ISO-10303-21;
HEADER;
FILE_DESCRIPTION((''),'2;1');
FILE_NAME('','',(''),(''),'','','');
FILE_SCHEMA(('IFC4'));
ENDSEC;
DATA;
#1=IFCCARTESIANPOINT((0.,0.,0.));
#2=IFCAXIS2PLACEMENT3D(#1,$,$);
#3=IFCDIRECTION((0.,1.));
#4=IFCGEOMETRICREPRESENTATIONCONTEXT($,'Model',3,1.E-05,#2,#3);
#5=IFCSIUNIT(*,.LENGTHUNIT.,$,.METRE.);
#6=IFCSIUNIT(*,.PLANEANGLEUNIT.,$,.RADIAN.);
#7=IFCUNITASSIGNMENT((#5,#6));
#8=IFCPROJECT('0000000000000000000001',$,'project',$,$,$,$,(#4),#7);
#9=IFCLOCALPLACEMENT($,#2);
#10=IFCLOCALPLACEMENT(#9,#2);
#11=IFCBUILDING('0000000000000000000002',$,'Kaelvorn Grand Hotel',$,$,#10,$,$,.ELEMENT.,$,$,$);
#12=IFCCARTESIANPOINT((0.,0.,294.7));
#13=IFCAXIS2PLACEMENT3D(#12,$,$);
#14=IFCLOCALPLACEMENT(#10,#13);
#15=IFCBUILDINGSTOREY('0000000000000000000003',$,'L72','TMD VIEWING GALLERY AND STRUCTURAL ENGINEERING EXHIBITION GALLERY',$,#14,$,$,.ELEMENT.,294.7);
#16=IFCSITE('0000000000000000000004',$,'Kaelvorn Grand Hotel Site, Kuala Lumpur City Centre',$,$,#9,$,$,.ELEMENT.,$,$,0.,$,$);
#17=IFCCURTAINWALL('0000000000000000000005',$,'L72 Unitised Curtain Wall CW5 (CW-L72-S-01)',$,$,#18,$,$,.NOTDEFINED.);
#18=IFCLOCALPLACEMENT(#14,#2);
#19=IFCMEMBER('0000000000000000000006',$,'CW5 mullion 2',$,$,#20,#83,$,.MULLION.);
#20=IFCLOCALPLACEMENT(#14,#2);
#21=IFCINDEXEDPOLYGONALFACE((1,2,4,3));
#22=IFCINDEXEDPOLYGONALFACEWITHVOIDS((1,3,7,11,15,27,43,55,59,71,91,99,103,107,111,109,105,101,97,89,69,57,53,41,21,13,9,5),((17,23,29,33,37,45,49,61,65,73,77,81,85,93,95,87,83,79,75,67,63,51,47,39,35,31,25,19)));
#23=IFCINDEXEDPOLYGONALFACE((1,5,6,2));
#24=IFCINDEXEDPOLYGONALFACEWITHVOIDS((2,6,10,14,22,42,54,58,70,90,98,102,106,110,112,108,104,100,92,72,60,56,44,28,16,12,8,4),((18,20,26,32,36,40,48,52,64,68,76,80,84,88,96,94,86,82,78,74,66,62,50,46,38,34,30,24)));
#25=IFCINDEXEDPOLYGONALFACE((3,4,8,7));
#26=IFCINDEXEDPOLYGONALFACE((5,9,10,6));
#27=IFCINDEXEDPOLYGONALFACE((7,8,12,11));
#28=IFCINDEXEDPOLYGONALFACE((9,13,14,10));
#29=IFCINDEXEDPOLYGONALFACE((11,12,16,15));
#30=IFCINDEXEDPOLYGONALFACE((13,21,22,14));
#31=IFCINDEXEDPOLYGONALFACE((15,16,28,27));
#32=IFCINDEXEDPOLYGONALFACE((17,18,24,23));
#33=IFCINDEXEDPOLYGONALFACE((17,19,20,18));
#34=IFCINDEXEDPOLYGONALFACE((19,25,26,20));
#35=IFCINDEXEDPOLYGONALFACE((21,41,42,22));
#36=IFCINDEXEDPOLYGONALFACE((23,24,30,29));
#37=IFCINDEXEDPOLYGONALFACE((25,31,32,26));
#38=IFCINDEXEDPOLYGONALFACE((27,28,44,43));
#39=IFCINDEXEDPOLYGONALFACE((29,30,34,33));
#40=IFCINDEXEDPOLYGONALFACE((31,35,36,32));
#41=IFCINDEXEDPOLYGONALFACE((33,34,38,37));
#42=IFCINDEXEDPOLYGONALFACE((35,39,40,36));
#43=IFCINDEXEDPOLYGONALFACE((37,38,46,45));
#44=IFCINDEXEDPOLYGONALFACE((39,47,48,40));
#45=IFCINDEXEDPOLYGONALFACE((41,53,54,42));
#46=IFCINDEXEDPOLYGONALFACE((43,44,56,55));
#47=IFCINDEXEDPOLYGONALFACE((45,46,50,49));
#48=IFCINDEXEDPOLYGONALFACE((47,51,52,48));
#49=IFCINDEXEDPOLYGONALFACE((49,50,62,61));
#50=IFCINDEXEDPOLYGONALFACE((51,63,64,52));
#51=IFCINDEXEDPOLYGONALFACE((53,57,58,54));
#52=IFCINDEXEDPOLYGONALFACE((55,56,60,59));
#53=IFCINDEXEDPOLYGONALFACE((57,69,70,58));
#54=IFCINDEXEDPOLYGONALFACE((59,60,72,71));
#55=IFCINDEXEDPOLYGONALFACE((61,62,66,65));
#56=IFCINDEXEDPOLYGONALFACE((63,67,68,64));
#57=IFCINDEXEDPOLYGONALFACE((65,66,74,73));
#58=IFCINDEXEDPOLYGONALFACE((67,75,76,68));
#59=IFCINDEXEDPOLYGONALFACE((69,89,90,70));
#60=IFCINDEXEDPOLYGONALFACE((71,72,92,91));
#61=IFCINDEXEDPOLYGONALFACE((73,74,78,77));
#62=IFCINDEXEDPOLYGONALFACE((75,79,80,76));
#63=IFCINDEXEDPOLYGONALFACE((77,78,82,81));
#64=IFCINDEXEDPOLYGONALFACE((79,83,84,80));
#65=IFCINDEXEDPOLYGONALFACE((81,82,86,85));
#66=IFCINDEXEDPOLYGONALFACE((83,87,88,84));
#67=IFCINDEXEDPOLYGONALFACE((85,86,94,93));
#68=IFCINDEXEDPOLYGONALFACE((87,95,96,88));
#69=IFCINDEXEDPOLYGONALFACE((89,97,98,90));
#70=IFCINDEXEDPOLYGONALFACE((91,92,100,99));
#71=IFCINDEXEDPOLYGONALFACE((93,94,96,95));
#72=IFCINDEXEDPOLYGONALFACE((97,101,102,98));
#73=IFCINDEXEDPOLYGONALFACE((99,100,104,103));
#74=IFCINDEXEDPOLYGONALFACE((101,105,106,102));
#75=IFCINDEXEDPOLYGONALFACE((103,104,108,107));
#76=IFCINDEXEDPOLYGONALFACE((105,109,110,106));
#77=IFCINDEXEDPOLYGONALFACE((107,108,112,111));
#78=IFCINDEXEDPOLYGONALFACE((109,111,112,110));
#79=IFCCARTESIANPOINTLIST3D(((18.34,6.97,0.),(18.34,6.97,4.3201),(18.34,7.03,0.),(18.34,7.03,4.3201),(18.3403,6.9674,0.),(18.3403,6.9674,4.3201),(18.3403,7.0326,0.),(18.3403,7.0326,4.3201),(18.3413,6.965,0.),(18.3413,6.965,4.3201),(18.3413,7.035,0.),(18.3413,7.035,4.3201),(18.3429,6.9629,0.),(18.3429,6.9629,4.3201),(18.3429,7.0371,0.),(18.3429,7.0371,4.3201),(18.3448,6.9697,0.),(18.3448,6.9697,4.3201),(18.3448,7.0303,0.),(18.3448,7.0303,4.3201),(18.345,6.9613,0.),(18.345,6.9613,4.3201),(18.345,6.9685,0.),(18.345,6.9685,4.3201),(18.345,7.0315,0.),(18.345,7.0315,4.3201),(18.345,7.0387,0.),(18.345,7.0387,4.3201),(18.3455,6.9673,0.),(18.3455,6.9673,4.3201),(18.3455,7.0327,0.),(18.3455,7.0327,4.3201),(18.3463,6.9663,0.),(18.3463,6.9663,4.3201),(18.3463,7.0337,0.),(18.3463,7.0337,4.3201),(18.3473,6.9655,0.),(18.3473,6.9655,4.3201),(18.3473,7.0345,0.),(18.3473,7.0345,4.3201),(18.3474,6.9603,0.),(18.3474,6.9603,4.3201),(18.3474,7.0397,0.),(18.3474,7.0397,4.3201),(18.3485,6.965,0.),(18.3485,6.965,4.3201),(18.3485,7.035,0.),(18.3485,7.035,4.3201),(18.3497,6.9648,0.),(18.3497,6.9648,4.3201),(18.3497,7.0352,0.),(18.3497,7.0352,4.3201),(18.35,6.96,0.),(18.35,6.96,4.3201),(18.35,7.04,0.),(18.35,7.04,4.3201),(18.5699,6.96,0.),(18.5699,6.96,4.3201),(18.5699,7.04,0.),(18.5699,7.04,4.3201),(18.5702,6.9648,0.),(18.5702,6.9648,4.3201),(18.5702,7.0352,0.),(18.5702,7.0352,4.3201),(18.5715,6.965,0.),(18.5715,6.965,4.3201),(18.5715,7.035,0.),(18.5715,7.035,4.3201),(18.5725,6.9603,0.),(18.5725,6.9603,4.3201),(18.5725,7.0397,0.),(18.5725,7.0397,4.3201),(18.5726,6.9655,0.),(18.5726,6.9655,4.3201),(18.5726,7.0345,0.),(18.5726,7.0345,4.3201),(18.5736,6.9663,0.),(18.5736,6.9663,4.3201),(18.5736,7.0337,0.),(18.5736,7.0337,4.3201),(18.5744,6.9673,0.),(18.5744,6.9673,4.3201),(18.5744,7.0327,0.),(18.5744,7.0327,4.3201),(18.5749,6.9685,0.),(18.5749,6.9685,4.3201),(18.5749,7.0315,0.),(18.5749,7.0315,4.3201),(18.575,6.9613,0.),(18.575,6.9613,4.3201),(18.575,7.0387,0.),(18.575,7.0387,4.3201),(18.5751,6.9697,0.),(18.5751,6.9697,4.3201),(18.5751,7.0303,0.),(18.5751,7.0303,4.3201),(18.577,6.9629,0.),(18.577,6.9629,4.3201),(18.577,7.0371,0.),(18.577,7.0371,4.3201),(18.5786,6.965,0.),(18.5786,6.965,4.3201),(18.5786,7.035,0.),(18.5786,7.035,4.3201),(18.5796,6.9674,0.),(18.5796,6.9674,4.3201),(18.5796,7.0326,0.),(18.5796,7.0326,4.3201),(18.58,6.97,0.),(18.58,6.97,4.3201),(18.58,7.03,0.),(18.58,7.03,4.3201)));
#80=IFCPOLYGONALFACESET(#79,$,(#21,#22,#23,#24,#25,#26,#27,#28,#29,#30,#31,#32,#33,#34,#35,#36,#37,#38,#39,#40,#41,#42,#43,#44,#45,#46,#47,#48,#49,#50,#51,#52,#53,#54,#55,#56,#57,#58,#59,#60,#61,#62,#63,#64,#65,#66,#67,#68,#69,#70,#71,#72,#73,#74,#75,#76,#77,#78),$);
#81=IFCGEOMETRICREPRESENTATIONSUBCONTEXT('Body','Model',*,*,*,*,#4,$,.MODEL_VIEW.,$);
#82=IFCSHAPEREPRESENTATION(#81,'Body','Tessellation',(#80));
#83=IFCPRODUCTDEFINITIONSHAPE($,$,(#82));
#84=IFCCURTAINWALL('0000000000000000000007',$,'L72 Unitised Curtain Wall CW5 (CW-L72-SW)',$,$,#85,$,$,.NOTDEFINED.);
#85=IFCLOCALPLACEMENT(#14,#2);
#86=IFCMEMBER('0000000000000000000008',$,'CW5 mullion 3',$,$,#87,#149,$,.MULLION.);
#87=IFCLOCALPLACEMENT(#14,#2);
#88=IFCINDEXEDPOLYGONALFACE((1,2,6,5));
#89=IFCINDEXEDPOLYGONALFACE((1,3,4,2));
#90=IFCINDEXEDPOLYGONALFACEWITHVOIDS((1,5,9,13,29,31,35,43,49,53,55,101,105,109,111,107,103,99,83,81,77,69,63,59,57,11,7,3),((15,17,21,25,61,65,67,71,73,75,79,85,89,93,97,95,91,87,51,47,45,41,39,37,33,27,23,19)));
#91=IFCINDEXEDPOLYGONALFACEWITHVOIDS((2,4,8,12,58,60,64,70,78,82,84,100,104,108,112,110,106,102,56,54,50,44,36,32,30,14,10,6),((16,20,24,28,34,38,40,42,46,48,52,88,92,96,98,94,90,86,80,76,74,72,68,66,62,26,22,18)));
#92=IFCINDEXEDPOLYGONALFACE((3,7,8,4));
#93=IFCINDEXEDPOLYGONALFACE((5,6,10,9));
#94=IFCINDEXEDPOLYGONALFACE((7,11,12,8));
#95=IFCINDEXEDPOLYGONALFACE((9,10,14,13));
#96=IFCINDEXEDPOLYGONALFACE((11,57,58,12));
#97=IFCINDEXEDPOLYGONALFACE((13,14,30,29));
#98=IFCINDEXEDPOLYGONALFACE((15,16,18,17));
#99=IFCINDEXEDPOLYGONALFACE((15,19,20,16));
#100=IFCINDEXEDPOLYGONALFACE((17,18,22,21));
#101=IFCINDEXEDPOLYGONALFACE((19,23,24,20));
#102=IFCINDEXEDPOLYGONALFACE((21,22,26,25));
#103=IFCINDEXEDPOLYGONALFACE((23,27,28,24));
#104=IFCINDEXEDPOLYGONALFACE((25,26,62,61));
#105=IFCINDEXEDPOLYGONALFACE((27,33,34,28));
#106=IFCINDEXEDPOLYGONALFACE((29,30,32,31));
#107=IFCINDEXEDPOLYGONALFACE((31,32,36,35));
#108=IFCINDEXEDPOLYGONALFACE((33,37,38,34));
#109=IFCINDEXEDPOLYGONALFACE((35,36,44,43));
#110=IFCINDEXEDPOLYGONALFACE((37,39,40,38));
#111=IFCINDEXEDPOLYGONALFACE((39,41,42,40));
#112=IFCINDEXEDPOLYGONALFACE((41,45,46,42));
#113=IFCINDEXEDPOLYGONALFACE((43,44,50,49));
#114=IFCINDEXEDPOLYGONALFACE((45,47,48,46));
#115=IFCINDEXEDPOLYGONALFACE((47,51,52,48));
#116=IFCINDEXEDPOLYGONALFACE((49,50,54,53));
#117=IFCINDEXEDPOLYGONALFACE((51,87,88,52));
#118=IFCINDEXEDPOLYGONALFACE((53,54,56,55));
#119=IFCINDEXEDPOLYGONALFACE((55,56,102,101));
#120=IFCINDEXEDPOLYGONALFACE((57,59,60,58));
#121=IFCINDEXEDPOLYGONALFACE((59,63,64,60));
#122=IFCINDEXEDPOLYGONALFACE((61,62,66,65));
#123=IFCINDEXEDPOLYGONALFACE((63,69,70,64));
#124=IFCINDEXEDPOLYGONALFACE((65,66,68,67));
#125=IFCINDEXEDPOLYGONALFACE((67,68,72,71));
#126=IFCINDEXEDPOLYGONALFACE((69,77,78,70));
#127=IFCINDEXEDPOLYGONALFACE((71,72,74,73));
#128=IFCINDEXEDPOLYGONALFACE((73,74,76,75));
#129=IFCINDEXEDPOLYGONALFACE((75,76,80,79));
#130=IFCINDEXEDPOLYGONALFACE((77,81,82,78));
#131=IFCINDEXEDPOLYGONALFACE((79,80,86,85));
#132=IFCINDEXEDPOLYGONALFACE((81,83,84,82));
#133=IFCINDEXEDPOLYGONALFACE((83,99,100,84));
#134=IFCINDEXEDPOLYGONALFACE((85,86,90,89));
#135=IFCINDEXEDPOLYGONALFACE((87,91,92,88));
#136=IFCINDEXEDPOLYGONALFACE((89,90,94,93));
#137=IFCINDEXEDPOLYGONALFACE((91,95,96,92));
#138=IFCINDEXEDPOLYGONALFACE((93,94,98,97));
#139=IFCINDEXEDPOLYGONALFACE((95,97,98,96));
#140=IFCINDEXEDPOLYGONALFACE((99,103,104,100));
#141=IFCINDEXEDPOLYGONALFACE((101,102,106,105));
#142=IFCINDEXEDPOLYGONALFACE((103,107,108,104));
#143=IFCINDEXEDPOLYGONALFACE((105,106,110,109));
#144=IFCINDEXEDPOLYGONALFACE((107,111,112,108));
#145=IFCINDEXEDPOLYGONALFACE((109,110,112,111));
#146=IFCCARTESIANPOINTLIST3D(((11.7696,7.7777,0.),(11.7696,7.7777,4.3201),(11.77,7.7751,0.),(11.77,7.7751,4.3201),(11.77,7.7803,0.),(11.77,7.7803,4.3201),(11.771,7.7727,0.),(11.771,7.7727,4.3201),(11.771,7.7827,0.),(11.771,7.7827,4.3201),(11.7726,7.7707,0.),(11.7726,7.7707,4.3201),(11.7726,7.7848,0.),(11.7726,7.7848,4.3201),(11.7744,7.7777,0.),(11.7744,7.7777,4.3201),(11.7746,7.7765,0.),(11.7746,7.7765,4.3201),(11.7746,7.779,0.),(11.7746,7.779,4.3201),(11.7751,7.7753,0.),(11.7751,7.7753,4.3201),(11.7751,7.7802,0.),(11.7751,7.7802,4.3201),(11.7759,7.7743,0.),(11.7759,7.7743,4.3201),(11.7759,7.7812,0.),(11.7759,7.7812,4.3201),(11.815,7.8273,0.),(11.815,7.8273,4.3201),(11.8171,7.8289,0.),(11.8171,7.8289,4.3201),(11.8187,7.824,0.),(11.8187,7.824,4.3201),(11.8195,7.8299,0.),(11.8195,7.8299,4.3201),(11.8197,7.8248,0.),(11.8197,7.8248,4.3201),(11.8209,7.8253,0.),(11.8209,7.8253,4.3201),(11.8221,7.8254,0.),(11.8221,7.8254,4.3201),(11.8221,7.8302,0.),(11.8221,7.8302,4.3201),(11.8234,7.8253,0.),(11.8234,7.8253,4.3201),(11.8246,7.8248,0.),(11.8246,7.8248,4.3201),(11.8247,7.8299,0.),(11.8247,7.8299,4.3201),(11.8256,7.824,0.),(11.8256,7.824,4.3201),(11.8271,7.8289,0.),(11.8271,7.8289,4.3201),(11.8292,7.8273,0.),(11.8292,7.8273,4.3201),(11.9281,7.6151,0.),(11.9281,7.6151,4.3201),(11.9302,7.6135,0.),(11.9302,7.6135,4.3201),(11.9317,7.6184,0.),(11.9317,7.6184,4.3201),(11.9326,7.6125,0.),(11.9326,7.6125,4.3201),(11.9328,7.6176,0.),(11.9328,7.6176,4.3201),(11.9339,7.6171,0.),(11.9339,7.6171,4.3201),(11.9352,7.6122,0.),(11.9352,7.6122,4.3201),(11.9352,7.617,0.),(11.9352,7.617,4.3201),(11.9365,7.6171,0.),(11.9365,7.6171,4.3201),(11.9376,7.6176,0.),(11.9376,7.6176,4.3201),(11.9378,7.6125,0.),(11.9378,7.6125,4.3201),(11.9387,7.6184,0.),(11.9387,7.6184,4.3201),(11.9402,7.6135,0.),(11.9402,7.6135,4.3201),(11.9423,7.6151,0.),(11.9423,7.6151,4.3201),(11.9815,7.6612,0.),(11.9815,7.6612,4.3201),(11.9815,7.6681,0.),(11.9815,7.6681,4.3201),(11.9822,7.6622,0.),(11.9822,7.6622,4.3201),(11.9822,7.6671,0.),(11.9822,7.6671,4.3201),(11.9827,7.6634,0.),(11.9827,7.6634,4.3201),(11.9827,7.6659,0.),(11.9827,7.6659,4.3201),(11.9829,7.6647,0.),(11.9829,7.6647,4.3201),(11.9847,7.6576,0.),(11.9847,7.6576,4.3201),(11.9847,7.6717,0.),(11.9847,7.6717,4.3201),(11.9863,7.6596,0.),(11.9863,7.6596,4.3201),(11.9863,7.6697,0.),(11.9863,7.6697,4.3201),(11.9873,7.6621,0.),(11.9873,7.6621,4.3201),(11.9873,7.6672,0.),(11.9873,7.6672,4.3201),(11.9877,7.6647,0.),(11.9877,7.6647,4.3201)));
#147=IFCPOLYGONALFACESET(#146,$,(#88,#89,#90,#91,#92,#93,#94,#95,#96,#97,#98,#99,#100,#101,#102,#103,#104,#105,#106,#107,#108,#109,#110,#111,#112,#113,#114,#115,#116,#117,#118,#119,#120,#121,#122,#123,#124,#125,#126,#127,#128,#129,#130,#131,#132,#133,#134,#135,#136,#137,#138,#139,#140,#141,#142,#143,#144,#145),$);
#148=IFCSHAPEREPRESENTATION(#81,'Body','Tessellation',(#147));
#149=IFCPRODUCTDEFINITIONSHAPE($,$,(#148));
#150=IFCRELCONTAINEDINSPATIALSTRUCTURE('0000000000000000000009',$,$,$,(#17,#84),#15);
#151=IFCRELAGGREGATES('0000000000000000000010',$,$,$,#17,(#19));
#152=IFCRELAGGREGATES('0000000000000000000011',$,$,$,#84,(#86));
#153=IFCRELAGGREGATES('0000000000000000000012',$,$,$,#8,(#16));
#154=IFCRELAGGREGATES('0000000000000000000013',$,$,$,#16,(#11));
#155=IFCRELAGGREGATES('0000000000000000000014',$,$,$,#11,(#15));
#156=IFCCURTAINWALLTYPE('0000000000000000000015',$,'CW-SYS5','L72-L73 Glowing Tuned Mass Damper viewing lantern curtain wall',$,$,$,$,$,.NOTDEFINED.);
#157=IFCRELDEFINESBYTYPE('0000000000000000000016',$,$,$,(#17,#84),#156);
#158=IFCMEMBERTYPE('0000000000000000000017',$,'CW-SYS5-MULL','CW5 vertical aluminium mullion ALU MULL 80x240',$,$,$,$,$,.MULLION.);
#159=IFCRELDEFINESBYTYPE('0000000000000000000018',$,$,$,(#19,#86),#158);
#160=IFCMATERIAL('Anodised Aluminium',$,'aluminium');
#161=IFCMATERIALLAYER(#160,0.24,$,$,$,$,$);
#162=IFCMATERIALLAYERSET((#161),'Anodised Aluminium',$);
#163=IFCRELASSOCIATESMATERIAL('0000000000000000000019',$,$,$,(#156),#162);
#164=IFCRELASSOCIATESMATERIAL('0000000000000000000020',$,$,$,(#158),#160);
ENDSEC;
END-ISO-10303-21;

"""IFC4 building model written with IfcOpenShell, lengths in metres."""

from ifc_helpers import new_model, si_unit, direction, frame, origin, origin_2d, place, context, subcontext, project, spatial, hollow_rectangle, extrude, material, layer, layer_set, material_profile, profile_set, type_object, element, aggregate, save


model = new_model("IFC4")

# Units and contexts
model_context = context("Model", 3, precision=1e-05, world=origin(), true_north=direction((0.0, 1.0)))
body_context = subcontext(model_context, "Body", "Model", "MODEL_VIEW")
ifc_project = project(units=[si_unit("LENGTHUNIT", "METRE"), si_unit("PLANEANGLEUNIT", "RADIAN")], contexts=[model_context])

# Site, building, storey
site_placement = place(None, origin())
site = spatial("IfcSite", under=ifc_project, at=site_placement, Name="Kaelvorn Grand Hotel Site, Kuala Lumpur City Centre", CompositionType="ELEMENT", RefElevation=0.0)
building_placement = place(site_placement, origin())
building = spatial("IfcBuilding", under=site, at=building_placement, Name="Kaelvorn Grand Hotel", CompositionType="ELEMENT")
storey_placement = place(building_placement, frame((0.0, 0.0, 294.7)))
storey = spatial("IfcBuildingStorey", under=building, at=storey_placement, Name="L72", Description="TMD VIEWING GALLERY AND STRUCTURAL ENGINEERING EXHIBITION GALLERY", CompositionType="ELEMENT", Elevation=294.7)

# Curtain wall, member
ifc_material_1 = material(Name="Anodised Aluminium", Category="aluminium")
ifc_layer_1 = layer(ifc_material_1, 0.24)
ifc_layer_set_1 = layer_set([ifc_layer_1], Name="Anodised Aluminium")
curtain_wall_type = type_object("IfcCurtainWallType", Name="CW-SYS5", Description="L72-L73 Glowing Tuned Mass Damper viewing lantern curtain wall", PredefinedType="NOTDEFINED", material=ifc_layer_set_1)
curtain_wall_1_placement = place(storey_placement, origin())
curtain_wall_1 = element("IfcCurtainWall", 1, at=curtain_wall_1_placement, inside=storey, type_object=curtain_wall_type, Name="L72 Unitised Curtain Wall CW5 (CW-L72-S-01)", PredefinedType="NOTDEFINED")
ifc_material_profile_1 = material_profile(ifc_material_1, hollow_rectangle(XDim=0.0801, YDim=0.24, WallThickness=0.0049, InnerFilletRadius=0.0049, OuterFilletRadius=0.01, at=origin_2d()), Name="ALU MULL 80x240")
ifc_profile_set_1 = profile_set([ifc_material_profile_1], Name="Anodised Aluminium")
member_type_1 = type_object("IfcMemberType", Name="CW-SYS5-MULL", Description="CW5 vertical aluminium mullion ALU MULL 80x240", PredefinedType="MULLION", material=ifc_profile_set_1)
member_1_placement = place(storey_placement, frame((18.46, 7.0, 0.0), z_axis=(0.0, 0.0, 1.0), x_axis=(0.0, 1.0, 0.0)))
member_1 = element("IfcMember", 2, at=member_1_placement, type_object=member_type_1, Name="CW5 mullion 2", PredefinedType="MULLION", context=body_context, shape_type="SweptSolid", body=[
    extrude(hollow_rectangle(XDim=0.0801, YDim=0.24, WallThickness=0.0049, InnerFilletRadius=0.0049, OuterFilletRadius=0.01, at=origin_2d()), origin(), (0.0, 0.0, 1.0), 4.3201),
])

# Curtain wall, member
curtain_wall_2_placement = place(storey_placement, origin())
curtain_wall_2 = element("IfcCurtainWall", 3, at=curtain_wall_2_placement, inside=storey, type_object=curtain_wall_type, Name="L72 Unitised Curtain Wall CW5 (CW-L72-SW)", PredefinedType="NOTDEFINED")
member_2_placement = place(storey_placement, frame((11.8787, 7.7212, 0.0), z_axis=(0.0, 0.0, 1.0), x_axis=(0.707107, 0.707107, 0.0)))
member_2 = element("IfcMember", 4, at=member_2_placement, type_object=member_type_1, Name="CW5 mullion 3", PredefinedType="MULLION", context=body_context, shape_type="SweptSolid", body=[
    extrude(hollow_rectangle(XDim=0.0801, YDim=0.24, WallThickness=0.0049, InnerFilletRadius=0.0049, OuterFilletRadius=0.01, at=origin_2d()), origin(), (0.0, 0.0, 1.0), 4.3201),
])

aggregate(curtain_wall_1, [member_1])
aggregate(curtain_wall_2, [member_2])

save(model, "model.ifc")
